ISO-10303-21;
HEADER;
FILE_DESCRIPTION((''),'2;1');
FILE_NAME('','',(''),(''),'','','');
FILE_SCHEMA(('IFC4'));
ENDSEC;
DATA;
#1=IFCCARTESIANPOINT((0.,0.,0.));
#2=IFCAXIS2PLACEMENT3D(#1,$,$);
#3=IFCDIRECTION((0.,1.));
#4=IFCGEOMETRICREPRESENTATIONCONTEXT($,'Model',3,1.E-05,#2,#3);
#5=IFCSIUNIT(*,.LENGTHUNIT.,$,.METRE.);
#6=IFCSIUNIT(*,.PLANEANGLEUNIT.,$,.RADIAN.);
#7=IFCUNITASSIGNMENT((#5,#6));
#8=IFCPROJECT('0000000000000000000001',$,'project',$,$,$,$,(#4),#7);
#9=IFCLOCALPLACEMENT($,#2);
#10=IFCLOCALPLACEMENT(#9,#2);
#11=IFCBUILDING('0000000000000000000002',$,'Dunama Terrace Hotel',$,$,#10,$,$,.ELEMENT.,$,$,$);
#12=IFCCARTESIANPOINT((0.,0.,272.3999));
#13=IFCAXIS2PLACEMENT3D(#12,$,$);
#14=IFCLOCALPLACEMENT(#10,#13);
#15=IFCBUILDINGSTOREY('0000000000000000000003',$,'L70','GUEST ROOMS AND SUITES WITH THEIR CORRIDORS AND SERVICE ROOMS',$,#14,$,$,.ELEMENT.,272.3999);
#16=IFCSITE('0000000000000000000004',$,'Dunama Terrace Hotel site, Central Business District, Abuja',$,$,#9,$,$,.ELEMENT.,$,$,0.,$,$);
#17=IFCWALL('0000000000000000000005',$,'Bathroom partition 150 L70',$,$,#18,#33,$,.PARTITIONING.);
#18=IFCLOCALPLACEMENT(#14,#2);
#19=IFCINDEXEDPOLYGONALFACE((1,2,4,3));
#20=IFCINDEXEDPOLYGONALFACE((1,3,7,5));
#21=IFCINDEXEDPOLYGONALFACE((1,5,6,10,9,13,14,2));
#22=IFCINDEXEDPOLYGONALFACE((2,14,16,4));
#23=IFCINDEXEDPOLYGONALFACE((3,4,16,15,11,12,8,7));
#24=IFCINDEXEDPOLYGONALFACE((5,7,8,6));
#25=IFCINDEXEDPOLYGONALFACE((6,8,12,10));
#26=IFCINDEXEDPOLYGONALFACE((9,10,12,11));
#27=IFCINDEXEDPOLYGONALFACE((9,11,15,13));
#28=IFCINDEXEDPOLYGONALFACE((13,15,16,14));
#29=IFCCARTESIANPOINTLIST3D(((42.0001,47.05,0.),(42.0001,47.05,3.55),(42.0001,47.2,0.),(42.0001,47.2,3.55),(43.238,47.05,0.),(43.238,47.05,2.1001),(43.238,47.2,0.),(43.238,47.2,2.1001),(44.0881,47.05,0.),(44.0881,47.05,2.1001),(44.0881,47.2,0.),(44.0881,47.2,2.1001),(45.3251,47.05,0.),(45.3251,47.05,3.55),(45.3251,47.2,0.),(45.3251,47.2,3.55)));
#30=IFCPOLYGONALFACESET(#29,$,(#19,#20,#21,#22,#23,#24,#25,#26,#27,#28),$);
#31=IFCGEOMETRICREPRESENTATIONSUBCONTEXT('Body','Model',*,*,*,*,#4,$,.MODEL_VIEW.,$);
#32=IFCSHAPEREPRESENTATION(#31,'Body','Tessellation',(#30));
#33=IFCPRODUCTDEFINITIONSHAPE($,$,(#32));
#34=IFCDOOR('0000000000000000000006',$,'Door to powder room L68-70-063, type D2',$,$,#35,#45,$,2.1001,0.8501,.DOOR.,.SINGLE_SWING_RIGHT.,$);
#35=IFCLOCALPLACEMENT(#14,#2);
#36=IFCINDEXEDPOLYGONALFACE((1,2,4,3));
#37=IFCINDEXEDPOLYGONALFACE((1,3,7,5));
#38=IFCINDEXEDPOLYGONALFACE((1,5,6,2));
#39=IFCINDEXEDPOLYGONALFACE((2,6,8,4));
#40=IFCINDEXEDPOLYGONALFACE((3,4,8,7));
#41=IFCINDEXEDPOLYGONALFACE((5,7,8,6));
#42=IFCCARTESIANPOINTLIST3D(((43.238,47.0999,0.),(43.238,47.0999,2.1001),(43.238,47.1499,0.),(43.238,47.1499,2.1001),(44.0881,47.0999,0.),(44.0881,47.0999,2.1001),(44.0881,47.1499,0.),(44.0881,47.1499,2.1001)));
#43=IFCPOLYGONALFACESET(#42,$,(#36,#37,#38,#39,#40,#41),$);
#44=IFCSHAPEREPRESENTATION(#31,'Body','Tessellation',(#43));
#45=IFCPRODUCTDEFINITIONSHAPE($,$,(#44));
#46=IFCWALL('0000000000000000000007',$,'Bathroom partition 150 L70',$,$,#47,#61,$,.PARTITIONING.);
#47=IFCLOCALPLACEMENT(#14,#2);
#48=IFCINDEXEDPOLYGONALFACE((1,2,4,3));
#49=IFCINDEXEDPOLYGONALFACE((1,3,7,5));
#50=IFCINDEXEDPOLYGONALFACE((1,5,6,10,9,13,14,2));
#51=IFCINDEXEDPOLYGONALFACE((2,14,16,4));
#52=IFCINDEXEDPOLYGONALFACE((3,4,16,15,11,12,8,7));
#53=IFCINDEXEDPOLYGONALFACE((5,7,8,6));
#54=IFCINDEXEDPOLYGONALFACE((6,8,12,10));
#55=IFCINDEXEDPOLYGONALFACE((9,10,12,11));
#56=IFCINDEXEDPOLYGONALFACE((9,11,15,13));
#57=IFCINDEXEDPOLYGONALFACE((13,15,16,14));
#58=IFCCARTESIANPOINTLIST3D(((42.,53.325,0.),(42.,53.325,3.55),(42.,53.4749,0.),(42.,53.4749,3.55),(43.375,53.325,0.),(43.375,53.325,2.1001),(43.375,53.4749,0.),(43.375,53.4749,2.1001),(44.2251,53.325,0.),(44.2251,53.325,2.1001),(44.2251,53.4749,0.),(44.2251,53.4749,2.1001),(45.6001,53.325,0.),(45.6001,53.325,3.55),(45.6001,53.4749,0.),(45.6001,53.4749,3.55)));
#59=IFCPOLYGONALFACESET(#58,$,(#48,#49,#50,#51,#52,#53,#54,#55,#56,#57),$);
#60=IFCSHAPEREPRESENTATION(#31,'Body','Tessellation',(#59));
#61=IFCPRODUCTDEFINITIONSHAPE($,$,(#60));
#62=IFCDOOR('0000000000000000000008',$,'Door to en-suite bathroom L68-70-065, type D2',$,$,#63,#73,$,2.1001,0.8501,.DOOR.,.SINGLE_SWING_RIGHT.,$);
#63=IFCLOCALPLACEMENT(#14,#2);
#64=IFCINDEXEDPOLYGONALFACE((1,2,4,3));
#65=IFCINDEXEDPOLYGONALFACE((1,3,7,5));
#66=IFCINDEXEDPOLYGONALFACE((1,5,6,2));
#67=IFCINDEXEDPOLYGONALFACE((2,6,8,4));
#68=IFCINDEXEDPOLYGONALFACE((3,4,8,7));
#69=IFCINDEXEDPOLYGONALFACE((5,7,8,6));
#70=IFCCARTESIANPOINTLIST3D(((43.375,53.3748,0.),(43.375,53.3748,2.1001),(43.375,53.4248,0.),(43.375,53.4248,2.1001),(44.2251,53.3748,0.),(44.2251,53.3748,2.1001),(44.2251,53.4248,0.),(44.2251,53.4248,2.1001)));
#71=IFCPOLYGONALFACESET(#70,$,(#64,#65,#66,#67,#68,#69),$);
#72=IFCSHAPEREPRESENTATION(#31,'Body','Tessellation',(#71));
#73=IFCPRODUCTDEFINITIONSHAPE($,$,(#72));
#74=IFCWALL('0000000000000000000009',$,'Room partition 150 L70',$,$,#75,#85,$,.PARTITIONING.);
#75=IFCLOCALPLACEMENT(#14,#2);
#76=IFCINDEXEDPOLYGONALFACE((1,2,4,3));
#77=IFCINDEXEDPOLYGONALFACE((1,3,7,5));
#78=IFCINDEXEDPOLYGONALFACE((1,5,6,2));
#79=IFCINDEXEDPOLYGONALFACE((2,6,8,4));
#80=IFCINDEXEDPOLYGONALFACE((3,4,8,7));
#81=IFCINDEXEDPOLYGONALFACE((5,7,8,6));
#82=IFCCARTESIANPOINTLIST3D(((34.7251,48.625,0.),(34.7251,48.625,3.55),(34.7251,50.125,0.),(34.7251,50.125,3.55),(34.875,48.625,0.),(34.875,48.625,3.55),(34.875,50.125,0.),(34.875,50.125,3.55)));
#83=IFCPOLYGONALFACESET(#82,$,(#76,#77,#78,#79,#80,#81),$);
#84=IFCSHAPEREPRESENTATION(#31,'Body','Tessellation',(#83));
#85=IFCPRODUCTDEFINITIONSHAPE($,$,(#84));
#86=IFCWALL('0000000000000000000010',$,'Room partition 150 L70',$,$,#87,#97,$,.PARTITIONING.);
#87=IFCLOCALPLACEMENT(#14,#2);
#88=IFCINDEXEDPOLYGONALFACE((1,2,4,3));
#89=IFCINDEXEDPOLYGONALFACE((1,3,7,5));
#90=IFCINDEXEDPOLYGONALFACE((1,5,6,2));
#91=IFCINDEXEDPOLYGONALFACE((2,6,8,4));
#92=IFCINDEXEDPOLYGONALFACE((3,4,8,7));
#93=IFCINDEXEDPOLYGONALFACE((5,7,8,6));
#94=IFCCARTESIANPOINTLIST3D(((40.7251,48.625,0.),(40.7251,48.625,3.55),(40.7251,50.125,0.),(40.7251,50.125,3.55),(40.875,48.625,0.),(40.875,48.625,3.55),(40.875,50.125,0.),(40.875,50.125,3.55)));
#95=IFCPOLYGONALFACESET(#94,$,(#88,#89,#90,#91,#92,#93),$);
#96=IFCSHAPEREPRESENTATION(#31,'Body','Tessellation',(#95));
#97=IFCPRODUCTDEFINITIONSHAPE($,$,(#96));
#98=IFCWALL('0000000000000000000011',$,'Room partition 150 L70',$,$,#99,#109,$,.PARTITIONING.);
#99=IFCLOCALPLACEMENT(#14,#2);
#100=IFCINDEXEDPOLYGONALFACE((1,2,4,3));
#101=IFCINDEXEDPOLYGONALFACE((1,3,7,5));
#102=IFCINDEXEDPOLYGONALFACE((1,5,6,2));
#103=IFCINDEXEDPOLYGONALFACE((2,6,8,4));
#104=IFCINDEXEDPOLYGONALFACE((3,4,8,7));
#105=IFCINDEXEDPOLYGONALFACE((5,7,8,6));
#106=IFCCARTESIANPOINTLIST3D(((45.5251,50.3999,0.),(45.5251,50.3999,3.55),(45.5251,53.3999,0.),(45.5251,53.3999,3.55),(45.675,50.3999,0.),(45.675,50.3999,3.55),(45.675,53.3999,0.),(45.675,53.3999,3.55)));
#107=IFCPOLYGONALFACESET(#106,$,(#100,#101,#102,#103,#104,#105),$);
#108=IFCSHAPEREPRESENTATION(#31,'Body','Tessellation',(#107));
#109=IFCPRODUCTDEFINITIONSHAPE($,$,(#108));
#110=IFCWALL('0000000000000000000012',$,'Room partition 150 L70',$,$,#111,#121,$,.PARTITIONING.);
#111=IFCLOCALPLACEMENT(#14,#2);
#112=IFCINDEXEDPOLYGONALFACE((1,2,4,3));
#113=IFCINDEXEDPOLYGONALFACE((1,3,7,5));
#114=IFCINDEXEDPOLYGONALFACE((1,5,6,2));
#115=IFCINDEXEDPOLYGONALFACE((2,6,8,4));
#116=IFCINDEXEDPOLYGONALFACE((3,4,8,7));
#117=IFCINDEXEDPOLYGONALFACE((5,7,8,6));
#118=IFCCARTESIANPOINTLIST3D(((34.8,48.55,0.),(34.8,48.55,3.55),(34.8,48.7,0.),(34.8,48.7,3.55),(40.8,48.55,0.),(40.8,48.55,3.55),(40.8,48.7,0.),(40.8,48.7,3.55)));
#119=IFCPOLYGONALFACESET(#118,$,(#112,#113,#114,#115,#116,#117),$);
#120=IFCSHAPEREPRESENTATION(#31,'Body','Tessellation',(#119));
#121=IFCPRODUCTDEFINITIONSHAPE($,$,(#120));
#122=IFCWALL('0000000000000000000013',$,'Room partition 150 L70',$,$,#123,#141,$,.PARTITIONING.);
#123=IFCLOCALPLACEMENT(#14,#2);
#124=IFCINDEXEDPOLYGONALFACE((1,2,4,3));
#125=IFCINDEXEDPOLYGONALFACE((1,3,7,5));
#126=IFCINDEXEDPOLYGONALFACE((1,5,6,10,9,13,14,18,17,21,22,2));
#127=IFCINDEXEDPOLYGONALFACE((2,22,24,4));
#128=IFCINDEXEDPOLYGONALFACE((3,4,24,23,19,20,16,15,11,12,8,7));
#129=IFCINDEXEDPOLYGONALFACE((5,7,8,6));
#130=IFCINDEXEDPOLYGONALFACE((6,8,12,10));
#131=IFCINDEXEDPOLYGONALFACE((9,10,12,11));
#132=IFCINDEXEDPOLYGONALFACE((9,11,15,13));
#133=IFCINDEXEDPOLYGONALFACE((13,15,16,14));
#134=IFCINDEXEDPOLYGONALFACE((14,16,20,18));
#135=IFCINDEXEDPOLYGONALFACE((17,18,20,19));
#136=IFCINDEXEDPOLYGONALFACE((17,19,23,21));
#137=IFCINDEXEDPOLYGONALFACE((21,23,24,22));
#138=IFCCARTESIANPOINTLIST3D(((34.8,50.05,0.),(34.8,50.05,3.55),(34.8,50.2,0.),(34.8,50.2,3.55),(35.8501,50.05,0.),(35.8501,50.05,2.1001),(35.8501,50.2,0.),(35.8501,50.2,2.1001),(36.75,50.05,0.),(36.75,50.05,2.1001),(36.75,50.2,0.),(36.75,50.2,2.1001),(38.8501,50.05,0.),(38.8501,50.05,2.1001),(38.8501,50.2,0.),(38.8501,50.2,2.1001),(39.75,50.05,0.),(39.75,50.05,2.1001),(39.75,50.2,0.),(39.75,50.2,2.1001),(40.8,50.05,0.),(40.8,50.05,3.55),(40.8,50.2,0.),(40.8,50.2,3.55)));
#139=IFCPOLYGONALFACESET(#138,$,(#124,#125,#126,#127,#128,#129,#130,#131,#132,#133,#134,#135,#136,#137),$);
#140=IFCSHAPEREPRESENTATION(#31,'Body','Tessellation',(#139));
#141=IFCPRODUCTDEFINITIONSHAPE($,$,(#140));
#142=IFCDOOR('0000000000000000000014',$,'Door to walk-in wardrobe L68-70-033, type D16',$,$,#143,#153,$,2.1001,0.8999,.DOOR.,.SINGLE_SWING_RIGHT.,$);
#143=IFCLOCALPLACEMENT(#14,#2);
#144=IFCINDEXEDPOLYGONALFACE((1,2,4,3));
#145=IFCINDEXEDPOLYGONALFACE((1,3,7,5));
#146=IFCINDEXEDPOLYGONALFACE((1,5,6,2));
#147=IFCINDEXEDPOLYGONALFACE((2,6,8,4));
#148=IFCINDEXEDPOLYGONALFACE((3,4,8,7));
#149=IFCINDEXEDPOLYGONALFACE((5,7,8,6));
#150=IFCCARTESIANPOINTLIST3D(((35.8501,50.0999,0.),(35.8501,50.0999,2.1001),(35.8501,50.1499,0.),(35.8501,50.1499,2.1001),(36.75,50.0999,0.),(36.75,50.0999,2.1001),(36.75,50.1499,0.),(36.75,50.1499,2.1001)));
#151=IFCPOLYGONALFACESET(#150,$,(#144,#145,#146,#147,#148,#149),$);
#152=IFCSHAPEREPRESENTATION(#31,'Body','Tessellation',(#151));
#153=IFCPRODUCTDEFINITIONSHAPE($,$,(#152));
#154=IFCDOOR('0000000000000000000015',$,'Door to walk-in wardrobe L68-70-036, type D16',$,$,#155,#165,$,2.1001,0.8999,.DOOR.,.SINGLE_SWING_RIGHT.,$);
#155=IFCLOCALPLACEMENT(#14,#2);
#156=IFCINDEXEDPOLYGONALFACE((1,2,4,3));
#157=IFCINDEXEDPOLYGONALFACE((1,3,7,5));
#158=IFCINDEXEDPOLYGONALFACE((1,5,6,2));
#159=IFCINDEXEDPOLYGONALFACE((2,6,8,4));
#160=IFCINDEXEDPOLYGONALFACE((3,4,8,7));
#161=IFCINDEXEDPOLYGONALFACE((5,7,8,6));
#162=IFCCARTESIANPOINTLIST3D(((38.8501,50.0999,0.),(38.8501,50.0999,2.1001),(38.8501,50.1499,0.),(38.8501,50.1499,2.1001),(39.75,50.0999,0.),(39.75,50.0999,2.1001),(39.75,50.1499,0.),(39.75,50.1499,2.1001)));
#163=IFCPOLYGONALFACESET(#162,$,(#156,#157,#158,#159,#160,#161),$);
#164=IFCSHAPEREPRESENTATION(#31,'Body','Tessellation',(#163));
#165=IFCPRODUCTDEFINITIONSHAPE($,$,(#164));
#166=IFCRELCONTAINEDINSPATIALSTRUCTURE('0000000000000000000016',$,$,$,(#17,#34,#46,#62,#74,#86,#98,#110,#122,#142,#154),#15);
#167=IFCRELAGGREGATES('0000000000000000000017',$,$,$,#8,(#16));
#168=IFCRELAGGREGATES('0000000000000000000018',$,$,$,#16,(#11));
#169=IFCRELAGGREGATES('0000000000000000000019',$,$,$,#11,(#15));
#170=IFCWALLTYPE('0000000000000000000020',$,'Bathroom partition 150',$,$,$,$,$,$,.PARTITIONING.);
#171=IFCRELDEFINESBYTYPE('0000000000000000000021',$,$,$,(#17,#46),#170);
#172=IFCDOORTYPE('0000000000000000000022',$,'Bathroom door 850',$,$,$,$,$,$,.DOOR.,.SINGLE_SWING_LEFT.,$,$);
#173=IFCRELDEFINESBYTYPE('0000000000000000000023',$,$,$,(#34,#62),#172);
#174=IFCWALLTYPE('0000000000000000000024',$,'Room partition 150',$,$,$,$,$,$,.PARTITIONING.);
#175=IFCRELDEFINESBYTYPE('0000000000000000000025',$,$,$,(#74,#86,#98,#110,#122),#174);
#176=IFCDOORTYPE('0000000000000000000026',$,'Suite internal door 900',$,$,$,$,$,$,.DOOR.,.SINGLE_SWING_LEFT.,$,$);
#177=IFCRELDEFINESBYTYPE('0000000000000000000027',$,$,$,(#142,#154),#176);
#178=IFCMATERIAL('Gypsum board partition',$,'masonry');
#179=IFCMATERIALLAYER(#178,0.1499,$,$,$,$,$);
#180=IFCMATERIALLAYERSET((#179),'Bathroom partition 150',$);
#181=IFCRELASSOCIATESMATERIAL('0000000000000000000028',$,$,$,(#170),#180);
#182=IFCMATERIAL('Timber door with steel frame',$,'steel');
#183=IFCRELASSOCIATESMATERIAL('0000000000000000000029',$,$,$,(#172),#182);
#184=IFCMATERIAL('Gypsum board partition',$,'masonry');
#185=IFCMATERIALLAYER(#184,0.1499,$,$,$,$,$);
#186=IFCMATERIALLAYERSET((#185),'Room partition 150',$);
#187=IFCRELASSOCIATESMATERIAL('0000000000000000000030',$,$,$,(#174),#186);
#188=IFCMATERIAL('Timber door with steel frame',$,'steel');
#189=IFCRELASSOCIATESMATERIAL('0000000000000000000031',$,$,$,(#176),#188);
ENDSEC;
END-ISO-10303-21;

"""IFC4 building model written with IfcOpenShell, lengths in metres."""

from ifc_helpers import new_model, si_unit, direction, frame, frame_2d, origin, place, context, subcontext, project, spatial, rectangle, extrude, material, layer, layer_set, type_object, element, fill, save


model = new_model("IFC4")

# Units and contexts
model_context = context("Model", 3, precision=1e-05, world=origin(), true_north=direction((0.0, 1.0)))
body_context = subcontext(model_context, "Body", "Model", "MODEL_VIEW")
ifc_project = project(units=[si_unit("LENGTHUNIT", "METRE"), si_unit("PLANEANGLEUNIT", "RADIAN")], contexts=[model_context])

# Site, building, storey
site_placement = place(None, origin())
site = spatial("IfcSite", under=ifc_project, at=site_placement, Name="Dunama Terrace Hotel site, Central Business District, Abuja", CompositionType="ELEMENT", RefElevation=0.0)
building_placement = place(site_placement, origin())
building = spatial("IfcBuilding", under=site, at=building_placement, Name="Dunama Terrace Hotel", CompositionType="ELEMENT")
storey_placement = place(building_placement, frame((0.0, 0.0, 272.3999)))
storey = spatial("IfcBuildingStorey", under=building, at=storey_placement, Name="L70", Description="GUEST ROOMS AND SUITES WITH THEIR CORRIDORS AND SERVICE ROOMS", CompositionType="ELEMENT", Elevation=272.3999)

# Shared definitions
ifc_material_1 = material(Name="Gypsum board partition", Category="masonry")
ifc_layer_1 = layer(ifc_material_1, 0.1499)
ifc_layer_set_1 = layer_set([ifc_layer_1], Name="Bathroom partition 150")
wall_type_1 = type_object("IfcWallType", Name="Bathroom partition 150", PredefinedType="PARTITIONING", material=ifc_layer_set_1)

# Walls, openings, doors
wall_1_placement = place(storey_placement, frame((42.0, 47.125, 0.0), z_axis=(0.0, 0.0, 1.0), x_axis=(1.0, 0.0, 0.0)))
wall_1 = element("IfcWall", 1, at=wall_1_placement, inside=storey, type_object=wall_type_1, Name="Bathroom partition 150 L70", PredefinedType="PARTITIONING", context=body_context, shape_type="SweptSolid", body=[
    extrude(rectangle(XDim=3.325, YDim=0.1499, at=frame_2d((1.6626, 0.0))), origin(), (0.0, 0.0, 1.0), 3.55),
])
opening_1_placement = place(wall_1_placement, frame((1.238, 0.0, 0.0)))
opening_1 = element("IfcOpeningElement", 2, at=opening_1_placement, cuts=wall_1, PredefinedType="OPENING", context=body_context, shape_type="SweptSolid", body=[
    extrude(rectangle(XDim=0.8501, YDim=2.1001, at=frame_2d((0.425, 1.05))), frame((0.0, 0.085, 0.0), z_axis=(0.0, -1.0, 0.0), x_axis=(1.0, 0.0, 0.0)), (0.0, 0.0, 1.0), 0.1699),
])
ifc_material_2 = material(Name="Timber door with steel frame", Category="steel")
door_type_1 = type_object("IfcDoorType", Name="Bathroom door 850", OperationType="SINGLE_SWING_LEFT", PredefinedType="DOOR", material=ifc_material_2)
door_1_placement = place(opening_1_placement, frame((0.8501, 0.0, 0.0), z_axis=(0.0, 0.0, 1.0), x_axis=(-1.0, 0.0, 0.0)))
door_1 = element("IfcDoor", 3, at=door_1_placement, inside=storey, type_object=door_type_1, Name="Door to powder room L68-70-063, type D2", OperationType="SINGLE_SWING_RIGHT", OverallHeight=2.1001, OverallWidth=0.8501, PredefinedType="DOOR", context=body_context, shape_type="SweptSolid", body=[
    extrude(rectangle(XDim=0.8501, YDim=2.1001, at=frame_2d((0.425, 1.05))), frame((0.0, 0.0251, 0.0), z_axis=(0.0, -1.0, 0.0), x_axis=(1.0, 0.0, 0.0)), (0.0, 0.0, 1.0), 0.05),
])
fill(opening_1, door_1)
wall_2_placement = place(storey_placement, frame((42.0, 53.3999, 0.0), z_axis=(0.0, 0.0, 1.0), x_axis=(1.0, 0.0, 0.0)))
wall_2 = element("IfcWall", 4, at=wall_2_placement, inside=storey, type_object=wall_type_1, Name="Bathroom partition 150 L70", PredefinedType="PARTITIONING", context=body_context, shape_type="SweptSolid", body=[
    extrude(rectangle(XDim=3.6001, YDim=0.1499, at=frame_2d((1.8, 0.0))), origin(), (0.0, 0.0, 1.0), 3.55),
])
opening_2_placement = place(wall_2_placement, frame((1.375, 0.0, 0.0)))
opening_2 = element("IfcOpeningElement", 5, at=opening_2_placement, cuts=wall_2, PredefinedType="OPENING", context=body_context, shape_type="SweptSolid", body=[
    extrude(rectangle(XDim=0.8501, YDim=2.1001, at=frame_2d((0.425, 1.05))), frame((0.0, 0.085, 0.0), z_axis=(0.0, -1.0, 0.0), x_axis=(1.0, 0.0, 0.0)), (0.0, 0.0, 1.0), 0.1699),
])
door_2_placement = place(opening_2_placement, frame((0.8501, 0.0, 0.0), z_axis=(0.0, 0.0, 1.0), x_axis=(-1.0, 0.0, 0.0)))
door_2 = element("IfcDoor", 6, at=door_2_placement, inside=storey, type_object=door_type_1, Name="Door to en-suite bathroom L68-70-065, type D2", OperationType="SINGLE_SWING_RIGHT", OverallHeight=2.1001, OverallWidth=0.8501, PredefinedType="DOOR", context=body_context, shape_type="SweptSolid", body=[
    extrude(rectangle(XDim=0.8501, YDim=2.1001, at=frame_2d((0.425, 1.05))), frame((0.0, 0.0251, 0.0), z_axis=(0.0, -1.0, 0.0), x_axis=(1.0, 0.0, 0.0)), (0.0, 0.0, 1.0), 0.05),
])
fill(opening_2, door_2)

# Walls
ifc_material_3 = material(Name="Gypsum board partition", Category="masonry")
ifc_layer_2 = layer(ifc_material_3, 0.1499)
ifc_layer_set_2 = layer_set([ifc_layer_2], Name="Room partition 150")
wall_type_2 = type_object("IfcWallType", Name="Room partition 150", PredefinedType="PARTITIONING", material=ifc_layer_set_2)
for number, where, z_axis, x_axis, name in (
    (7, (34.8, 48.625, 0.0), (0.0, 0.0, 1.0), (0.0, 1.0, 0.0), "Room partition 150 L70"),
    (8, (40.8, 48.625, 0.0), (0.0, 0.0, 1.0), (0.0, 1.0, 0.0), "Room partition 150 L70"),
):
    element("IfcWall", number, at=place(storey_placement, frame(where, z_axis=z_axis, x_axis=x_axis)), inside=storey, type_object=wall_type_2, Name=name, PredefinedType="PARTITIONING", context=body_context, shape_type="SweptSolid", body=[
        extrude(rectangle(XDim=1.5, YDim=0.1499, at=frame_2d((0.75, 0.0))), origin(), (0.0, 0.0, 1.0), 3.55),
    ])
wall_3_placement = place(storey_placement, frame((45.6001, 50.3999, 0.0), z_axis=(0.0, 0.0, 1.0), x_axis=(0.0, 1.0, 0.0)))
element("IfcWall", 9, at=wall_3_placement, inside=storey, type_object=wall_type_2, Name="Room partition 150 L70", PredefinedType="PARTITIONING", context=body_context, shape_type="SweptSolid", body=[
    extrude(rectangle(XDim=3.0, YDim=0.1499, at=frame_2d((1.5, 0.0))), origin(), (0.0, 0.0, 1.0), 3.55),
])
wall_4_placement = place(storey_placement, frame((34.8, 48.625, 0.0), z_axis=(0.0, 0.0, 1.0), x_axis=(1.0, 0.0, 0.0)))
element("IfcWall", 10, at=wall_4_placement, inside=storey, type_object=wall_type_2, Name="Room partition 150 L70", PredefinedType="PARTITIONING", context=body_context, shape_type="SweptSolid", body=[
    extrude(rectangle(XDim=6.0, YDim=0.1499, at=frame_2d((3.0, 0.0))), origin(), (0.0, 0.0, 1.0), 3.55),
])

# Wall, openings, doors
wall_5_placement = place(storey_placement, frame((34.8, 50.125, 0.0), z_axis=(0.0, 0.0, 1.0), x_axis=(1.0, 0.0, 0.0)))
wall_5 = element("IfcWall", 11, at=wall_5_placement, inside=storey, type_object=wall_type_2, Name="Room partition 150 L70", PredefinedType="PARTITIONING", context=body_context, shape_type="SweptSolid", body=[
    extrude(rectangle(XDim=6.0, YDim=0.1499, at=frame_2d((3.0, 0.0))), origin(), (0.0, 0.0, 1.0), 3.55),
])
opening_3_placement = place(wall_5_placement, frame((1.05, 0.0, 0.0)))
opening_3 = element("IfcOpeningElement", 12, at=opening_3_placement, cuts=wall_5, PredefinedType="OPENING", context=body_context, shape_type="SweptSolid", body=[
    extrude(rectangle(XDim=0.8999, YDim=2.1001, at=frame_2d((0.45, 1.05))), frame((0.0, 0.085, 0.0), z_axis=(0.0, -1.0, 0.0), x_axis=(1.0, 0.0, 0.0)), (0.0, 0.0, 1.0), 0.1699),
])
opening_4_placement = place(wall_5_placement, frame((4.05, 0.0, 0.0)))
opening_4 = element("IfcOpeningElement", 13, at=opening_4_placement, cuts=wall_5, PredefinedType="OPENING", context=body_context, shape_type="SweptSolid", body=[
    extrude(rectangle(XDim=0.8999, YDim=2.1001, at=frame_2d((0.45, 1.05))), frame((0.0, 0.085, 0.0), z_axis=(0.0, -1.0, 0.0), x_axis=(1.0, 0.0, 0.0)), (0.0, 0.0, 1.0), 0.1699),
])
ifc_material_4 = material(Name="Timber door with steel frame", Category="steel")
door_type_2 = type_object("IfcDoorType", Name="Suite internal door 900", OperationType="SINGLE_SWING_LEFT", PredefinedType="DOOR", material=ifc_material_4)
door_3_placement = place(opening_3_placement, frame((0.8999, 0.0, 0.0), z_axis=(0.0, 0.0, 1.0), x_axis=(-1.0, 0.0, 0.0)))
door_3 = element("IfcDoor", 14, at=door_3_placement, inside=storey, type_object=door_type_2, Name="Door to walk-in wardrobe L68-70-033, type D16", OperationType="SINGLE_SWING_RIGHT", OverallHeight=2.1001, OverallWidth=0.8999, PredefinedType="DOOR", context=body_context, shape_type="SweptSolid", body=[
    extrude(rectangle(XDim=0.8999, YDim=2.1001, at=frame_2d((0.45, 1.05))), frame((0.0, 0.0251, 0.0), z_axis=(0.0, -1.0, 0.0), x_axis=(1.0, 0.0, 0.0)), (0.0, 0.0, 1.0), 0.05),
])
fill(opening_3, door_3)
door_4_placement = place(opening_4_placement, frame((0.8999, 0.0, 0.0), z_axis=(0.0, 0.0, 1.0), x_axis=(-1.0, 0.0, 0.0)))
door_4 = element("IfcDoor", 15, at=door_4_placement, inside=storey, type_object=door_type_2, Name="Door to walk-in wardrobe L68-70-036, type D16", OperationType="SINGLE_SWING_RIGHT", OverallHeight=2.1001, OverallWidth=0.8999, PredefinedType="DOOR", context=body_context, shape_type="SweptSolid", body=[
    extrude(rectangle(XDim=0.8999, YDim=2.1001, at=frame_2d((0.45, 1.05))), frame((0.0, 0.0251, 0.0), z_axis=(0.0, -1.0, 0.0), x_axis=(1.0, 0.0, 0.0)), (0.0, 0.0, 1.0), 0.05),
])
fill(opening_4, door_4)

save(model, "model.ifc")
